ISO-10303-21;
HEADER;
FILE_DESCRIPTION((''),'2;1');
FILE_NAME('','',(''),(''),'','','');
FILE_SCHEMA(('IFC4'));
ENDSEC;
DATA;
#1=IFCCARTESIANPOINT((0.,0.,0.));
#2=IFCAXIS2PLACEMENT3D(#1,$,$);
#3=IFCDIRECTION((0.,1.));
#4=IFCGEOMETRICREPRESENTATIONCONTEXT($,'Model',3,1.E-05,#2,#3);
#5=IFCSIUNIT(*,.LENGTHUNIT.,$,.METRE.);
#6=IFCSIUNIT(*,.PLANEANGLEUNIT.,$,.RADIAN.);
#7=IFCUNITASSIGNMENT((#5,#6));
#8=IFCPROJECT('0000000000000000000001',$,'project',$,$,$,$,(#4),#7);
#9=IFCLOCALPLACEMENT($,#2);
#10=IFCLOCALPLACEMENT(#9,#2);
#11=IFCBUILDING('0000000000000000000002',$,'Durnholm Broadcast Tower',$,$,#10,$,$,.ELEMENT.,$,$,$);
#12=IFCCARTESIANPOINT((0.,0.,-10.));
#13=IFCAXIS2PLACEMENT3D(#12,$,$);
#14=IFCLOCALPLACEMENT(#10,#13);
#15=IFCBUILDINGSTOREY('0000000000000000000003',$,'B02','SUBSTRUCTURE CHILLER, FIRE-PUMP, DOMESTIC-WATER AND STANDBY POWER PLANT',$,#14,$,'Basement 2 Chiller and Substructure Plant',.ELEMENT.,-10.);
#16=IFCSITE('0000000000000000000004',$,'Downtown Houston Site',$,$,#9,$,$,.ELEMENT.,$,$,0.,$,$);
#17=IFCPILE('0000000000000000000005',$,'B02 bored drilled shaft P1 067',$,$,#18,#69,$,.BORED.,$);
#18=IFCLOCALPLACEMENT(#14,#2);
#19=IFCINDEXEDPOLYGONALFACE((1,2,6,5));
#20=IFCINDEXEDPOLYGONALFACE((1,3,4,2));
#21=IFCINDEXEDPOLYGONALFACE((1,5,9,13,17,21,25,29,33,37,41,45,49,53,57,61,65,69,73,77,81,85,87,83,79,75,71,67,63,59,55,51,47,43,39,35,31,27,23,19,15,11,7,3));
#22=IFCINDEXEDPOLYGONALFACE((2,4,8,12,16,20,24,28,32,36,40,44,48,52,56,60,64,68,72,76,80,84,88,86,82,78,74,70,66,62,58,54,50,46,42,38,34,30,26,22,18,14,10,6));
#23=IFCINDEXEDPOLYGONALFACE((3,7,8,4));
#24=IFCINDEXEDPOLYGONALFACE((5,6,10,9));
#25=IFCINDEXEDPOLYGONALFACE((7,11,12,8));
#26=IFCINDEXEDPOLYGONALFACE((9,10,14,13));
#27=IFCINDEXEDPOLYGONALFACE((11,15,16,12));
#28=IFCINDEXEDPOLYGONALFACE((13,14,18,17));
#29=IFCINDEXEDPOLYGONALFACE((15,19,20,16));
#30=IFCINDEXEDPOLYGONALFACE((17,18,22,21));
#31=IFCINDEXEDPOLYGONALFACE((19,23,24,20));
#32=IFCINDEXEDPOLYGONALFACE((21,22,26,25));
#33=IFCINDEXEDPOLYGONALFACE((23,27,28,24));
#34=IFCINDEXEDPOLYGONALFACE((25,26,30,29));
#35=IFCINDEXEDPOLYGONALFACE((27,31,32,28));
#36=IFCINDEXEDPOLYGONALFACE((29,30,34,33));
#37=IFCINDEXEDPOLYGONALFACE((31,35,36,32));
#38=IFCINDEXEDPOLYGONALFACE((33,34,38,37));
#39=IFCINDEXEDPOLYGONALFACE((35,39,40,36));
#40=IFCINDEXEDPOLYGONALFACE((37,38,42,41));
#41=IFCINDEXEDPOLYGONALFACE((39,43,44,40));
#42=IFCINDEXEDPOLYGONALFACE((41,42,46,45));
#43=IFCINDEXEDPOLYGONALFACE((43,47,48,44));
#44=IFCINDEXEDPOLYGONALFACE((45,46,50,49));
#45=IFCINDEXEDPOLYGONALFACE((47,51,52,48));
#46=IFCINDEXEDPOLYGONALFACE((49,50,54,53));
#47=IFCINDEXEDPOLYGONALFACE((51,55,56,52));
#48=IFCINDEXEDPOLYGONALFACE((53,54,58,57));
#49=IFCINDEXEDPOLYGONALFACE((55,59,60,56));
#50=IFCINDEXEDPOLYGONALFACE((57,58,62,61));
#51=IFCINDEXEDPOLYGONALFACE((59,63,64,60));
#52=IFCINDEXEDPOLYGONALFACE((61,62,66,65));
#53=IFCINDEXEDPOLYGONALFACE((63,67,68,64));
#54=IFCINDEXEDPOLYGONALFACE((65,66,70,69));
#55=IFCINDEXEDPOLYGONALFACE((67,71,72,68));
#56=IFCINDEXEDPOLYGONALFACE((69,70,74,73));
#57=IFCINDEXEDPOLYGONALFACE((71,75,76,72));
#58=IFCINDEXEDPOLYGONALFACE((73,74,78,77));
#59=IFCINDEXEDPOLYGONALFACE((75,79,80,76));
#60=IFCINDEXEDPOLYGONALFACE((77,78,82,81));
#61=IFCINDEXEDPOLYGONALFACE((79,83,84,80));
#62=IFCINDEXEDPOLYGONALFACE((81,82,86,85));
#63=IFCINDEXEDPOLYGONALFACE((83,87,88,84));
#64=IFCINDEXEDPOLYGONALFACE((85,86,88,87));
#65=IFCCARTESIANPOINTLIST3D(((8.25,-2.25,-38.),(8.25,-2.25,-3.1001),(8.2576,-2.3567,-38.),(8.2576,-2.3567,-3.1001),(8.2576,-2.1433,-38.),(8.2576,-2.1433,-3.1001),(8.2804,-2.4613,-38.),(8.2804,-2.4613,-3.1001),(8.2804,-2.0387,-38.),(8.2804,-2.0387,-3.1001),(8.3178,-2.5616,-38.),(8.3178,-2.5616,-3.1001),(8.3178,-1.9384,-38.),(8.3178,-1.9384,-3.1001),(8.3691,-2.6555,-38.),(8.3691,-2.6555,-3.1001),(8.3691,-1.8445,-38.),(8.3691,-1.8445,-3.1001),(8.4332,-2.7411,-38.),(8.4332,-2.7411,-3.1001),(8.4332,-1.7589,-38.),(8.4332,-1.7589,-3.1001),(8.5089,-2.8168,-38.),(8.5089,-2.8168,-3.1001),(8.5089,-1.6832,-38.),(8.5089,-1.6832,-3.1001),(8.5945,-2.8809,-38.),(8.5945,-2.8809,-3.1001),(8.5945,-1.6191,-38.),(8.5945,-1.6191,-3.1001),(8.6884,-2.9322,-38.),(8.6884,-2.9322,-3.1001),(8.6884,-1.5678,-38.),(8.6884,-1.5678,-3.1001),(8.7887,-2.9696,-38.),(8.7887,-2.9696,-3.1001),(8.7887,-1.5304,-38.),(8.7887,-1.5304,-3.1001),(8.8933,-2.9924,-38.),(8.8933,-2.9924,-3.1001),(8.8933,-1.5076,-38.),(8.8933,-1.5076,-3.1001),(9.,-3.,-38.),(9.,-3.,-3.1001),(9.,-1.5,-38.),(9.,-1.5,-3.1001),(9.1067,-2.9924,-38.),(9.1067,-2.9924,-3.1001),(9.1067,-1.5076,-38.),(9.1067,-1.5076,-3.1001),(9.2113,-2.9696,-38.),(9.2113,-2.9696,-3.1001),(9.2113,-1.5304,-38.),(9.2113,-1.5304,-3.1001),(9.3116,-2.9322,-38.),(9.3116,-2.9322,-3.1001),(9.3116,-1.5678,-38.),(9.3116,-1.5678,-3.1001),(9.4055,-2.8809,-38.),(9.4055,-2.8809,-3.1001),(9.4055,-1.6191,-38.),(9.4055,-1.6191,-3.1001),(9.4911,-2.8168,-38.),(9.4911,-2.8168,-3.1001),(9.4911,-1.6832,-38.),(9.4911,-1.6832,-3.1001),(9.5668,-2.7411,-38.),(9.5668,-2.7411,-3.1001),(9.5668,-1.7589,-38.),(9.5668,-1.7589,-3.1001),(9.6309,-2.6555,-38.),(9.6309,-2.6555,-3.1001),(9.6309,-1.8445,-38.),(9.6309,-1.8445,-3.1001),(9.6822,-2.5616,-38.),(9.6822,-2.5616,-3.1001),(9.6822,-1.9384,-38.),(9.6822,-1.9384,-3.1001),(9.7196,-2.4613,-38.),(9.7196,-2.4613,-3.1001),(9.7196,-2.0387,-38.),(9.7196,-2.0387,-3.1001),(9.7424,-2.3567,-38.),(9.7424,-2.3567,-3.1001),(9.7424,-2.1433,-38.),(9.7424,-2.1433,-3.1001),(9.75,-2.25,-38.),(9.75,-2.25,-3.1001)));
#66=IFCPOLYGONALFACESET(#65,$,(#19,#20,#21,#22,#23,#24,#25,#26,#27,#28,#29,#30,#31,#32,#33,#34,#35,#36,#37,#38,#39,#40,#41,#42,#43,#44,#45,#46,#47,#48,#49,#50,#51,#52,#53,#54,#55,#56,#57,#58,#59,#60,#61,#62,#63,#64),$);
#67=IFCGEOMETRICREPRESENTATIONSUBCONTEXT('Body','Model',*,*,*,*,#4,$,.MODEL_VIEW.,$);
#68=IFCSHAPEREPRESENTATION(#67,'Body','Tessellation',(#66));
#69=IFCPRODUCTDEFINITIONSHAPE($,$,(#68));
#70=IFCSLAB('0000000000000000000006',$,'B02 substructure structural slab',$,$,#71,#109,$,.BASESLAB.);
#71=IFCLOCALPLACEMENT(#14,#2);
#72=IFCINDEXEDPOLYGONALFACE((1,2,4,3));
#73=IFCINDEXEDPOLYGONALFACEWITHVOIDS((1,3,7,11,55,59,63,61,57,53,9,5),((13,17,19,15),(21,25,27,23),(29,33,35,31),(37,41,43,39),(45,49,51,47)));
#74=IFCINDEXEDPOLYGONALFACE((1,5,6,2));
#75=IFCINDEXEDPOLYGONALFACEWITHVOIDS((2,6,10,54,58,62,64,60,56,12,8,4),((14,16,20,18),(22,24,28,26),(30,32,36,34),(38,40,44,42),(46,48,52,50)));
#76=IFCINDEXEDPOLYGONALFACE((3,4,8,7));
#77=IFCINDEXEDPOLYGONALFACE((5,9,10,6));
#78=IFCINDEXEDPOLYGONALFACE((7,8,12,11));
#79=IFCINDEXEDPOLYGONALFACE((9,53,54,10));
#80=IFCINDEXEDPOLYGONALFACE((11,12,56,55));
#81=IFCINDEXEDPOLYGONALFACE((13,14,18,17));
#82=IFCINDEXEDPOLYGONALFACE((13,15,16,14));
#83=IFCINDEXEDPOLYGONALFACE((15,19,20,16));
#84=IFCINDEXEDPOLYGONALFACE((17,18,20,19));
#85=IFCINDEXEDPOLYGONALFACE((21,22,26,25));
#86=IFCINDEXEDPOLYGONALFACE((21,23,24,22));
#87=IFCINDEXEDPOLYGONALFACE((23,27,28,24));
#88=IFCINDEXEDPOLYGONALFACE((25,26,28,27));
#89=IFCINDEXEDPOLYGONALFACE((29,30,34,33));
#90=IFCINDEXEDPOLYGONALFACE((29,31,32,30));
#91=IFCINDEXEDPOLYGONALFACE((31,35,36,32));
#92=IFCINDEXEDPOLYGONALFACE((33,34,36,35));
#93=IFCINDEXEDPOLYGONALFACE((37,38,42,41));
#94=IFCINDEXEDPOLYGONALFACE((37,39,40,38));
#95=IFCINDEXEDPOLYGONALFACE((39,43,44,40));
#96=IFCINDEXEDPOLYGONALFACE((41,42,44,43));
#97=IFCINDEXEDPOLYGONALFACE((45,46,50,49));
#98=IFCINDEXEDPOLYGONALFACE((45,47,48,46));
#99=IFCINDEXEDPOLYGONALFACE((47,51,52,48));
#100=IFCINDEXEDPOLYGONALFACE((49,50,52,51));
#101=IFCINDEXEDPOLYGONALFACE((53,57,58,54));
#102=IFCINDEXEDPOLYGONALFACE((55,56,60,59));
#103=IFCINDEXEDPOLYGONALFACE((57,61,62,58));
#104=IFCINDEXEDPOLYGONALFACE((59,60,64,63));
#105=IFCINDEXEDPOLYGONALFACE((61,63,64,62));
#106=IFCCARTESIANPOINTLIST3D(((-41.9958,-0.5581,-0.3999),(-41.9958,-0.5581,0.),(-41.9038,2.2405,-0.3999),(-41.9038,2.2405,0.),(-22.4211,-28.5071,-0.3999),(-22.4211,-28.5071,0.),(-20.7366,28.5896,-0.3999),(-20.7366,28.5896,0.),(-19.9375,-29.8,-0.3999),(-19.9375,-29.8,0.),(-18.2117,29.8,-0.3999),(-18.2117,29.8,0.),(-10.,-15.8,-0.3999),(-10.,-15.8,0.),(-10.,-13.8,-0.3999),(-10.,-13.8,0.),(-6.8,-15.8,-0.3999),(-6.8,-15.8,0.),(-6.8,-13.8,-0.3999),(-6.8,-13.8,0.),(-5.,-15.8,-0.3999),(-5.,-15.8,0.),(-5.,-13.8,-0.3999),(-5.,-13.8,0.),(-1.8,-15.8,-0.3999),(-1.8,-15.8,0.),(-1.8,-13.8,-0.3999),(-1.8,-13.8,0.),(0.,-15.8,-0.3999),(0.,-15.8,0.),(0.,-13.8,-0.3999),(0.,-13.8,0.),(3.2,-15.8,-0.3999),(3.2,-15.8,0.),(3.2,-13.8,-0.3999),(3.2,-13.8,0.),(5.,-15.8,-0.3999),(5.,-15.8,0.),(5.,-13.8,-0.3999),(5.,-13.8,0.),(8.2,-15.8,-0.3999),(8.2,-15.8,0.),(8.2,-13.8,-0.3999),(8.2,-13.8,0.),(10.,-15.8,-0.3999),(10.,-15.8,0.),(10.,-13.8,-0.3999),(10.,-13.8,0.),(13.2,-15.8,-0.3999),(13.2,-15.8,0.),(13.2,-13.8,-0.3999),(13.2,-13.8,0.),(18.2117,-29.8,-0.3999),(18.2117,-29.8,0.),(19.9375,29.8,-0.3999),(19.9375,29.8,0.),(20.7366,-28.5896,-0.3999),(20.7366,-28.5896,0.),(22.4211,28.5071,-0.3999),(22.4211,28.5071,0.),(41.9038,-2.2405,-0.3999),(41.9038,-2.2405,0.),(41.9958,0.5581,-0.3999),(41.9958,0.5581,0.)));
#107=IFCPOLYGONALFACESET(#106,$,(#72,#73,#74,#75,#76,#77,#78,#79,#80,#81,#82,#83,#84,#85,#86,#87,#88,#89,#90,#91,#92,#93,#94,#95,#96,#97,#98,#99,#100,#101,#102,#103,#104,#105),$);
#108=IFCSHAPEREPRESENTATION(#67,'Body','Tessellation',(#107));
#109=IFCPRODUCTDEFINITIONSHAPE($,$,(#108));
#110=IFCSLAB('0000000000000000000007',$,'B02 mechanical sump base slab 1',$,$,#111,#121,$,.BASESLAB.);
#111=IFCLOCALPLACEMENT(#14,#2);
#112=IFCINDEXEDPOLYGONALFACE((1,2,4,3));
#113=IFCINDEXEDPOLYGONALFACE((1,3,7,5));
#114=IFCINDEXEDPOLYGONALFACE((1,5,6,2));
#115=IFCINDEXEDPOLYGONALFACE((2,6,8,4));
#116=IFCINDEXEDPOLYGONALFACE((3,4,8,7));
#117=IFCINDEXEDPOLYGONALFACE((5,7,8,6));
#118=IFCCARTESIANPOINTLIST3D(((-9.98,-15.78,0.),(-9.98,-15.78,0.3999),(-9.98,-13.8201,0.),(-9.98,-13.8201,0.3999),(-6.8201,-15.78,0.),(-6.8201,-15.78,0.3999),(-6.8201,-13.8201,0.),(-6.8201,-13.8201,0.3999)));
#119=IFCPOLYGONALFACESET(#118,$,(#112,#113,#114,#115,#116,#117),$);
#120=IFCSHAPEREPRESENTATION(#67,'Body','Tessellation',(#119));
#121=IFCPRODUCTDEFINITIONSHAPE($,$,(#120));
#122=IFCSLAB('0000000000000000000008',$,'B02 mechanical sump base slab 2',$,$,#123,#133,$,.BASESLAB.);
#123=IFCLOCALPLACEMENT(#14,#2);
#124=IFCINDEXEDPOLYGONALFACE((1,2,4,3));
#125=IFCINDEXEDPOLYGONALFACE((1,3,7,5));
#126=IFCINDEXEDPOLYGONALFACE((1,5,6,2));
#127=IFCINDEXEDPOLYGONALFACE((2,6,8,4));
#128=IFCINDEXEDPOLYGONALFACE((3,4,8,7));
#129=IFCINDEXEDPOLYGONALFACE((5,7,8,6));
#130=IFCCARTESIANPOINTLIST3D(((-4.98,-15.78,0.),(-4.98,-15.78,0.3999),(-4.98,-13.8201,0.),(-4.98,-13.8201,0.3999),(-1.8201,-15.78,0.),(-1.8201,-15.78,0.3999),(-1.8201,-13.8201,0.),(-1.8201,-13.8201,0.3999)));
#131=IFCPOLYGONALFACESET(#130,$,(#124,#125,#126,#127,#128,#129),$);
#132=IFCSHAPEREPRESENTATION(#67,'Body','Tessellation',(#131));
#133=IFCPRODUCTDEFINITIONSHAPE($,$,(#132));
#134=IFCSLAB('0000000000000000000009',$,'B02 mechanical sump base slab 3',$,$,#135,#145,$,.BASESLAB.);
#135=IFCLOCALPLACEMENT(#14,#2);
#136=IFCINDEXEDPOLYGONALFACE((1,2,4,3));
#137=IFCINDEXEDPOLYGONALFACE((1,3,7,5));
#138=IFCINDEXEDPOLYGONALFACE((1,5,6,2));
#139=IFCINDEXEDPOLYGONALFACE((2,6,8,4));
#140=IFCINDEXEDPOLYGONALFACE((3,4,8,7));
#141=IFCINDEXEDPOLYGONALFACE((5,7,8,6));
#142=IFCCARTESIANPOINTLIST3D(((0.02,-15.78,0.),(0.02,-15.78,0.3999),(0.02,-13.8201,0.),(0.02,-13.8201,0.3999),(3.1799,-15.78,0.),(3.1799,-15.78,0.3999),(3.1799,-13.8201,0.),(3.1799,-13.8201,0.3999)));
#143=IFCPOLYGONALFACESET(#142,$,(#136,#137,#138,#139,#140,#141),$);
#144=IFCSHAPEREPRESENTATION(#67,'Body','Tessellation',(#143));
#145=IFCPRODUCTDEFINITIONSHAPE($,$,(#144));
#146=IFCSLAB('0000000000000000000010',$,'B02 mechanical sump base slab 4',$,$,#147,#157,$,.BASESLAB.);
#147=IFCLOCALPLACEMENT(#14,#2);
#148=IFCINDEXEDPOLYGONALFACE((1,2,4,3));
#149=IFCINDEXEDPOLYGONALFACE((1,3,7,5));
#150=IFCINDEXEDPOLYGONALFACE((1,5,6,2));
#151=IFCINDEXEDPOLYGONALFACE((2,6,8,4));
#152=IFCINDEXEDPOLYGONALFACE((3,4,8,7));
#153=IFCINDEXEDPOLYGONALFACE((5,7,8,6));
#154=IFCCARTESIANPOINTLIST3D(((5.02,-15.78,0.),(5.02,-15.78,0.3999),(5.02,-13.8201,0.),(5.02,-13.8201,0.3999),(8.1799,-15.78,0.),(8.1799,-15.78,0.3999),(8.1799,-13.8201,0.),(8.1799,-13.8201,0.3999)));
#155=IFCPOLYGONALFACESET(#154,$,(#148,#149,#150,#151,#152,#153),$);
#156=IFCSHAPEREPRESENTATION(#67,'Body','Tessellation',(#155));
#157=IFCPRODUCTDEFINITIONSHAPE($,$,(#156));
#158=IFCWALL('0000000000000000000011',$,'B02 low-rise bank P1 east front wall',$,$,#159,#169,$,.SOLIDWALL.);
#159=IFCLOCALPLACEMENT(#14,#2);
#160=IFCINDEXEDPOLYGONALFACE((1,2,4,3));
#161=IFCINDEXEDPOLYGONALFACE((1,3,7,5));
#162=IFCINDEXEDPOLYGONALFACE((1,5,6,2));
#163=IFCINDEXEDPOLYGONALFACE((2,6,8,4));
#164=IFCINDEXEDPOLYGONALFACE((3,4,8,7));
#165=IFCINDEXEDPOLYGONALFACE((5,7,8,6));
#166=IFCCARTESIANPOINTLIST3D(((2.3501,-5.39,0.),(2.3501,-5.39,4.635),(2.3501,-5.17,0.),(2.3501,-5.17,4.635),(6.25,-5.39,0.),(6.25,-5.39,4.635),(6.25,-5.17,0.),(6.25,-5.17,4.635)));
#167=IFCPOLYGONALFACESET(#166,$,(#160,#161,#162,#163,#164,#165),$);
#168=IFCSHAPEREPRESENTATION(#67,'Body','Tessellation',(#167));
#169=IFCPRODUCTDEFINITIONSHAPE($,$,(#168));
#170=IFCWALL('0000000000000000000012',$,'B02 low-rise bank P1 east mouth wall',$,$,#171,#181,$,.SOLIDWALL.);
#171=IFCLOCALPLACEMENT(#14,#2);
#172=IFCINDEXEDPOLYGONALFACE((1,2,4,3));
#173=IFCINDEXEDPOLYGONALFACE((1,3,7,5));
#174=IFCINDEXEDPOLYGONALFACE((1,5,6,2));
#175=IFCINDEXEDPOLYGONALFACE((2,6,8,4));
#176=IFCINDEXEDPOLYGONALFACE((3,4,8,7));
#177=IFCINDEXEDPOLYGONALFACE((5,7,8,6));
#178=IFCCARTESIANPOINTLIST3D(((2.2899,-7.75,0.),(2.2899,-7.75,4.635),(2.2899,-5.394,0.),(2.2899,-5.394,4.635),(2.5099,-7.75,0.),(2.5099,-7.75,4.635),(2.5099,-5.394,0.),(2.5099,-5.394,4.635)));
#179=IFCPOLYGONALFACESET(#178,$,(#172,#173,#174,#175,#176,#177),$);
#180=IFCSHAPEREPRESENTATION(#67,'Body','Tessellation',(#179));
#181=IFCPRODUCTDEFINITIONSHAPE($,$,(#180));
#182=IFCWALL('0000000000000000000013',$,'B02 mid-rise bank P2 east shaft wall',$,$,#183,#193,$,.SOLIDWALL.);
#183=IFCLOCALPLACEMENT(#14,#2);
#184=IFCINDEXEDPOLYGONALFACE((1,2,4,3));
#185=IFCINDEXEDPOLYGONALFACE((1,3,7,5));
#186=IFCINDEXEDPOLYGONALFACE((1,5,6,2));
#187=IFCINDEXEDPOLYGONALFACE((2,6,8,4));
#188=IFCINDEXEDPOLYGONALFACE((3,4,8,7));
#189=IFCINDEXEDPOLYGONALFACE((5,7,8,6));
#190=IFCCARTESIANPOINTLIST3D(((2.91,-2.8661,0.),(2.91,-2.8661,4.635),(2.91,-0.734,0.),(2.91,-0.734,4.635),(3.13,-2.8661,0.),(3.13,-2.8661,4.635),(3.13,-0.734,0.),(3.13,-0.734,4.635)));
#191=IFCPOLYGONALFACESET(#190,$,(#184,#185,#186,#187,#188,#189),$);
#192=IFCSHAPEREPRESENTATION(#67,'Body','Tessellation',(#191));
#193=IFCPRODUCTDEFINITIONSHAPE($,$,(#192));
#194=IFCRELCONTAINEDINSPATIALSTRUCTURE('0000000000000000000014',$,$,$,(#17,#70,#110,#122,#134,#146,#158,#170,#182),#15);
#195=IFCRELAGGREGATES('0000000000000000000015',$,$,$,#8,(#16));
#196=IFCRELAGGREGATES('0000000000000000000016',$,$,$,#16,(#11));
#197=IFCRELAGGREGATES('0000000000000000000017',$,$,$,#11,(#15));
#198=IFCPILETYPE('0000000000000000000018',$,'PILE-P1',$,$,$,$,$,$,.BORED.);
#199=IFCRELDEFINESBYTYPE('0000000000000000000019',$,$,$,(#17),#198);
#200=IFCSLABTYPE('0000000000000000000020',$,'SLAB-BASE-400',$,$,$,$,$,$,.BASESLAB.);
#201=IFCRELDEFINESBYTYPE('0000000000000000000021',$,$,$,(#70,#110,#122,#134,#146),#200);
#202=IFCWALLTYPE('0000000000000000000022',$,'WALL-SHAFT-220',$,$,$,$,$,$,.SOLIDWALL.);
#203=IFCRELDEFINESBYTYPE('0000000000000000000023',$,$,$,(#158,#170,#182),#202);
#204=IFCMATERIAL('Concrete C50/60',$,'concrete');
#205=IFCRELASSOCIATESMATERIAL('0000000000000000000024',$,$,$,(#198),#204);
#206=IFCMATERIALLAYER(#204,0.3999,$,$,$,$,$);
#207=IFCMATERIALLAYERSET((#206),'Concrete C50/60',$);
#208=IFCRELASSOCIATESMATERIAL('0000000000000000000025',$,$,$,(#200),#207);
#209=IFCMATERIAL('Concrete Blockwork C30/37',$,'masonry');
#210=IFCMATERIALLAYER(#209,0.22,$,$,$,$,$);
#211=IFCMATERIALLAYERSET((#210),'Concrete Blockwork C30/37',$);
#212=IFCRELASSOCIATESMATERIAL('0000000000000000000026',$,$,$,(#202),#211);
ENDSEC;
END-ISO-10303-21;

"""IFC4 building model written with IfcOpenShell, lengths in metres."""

from ifc_helpers import new_model, si_unit, direction, frame, frame_2d, origin, origin_2d, place, context, subcontext, project, spatial, polyline, rectangle, circle, outline, extrude, source, transform, mapped, material, layer, layer_set, material_profile, profile_set, type_object, type_shapes, element, save


model = new_model("IFC4")

# Units and contexts
model_context = context("Model", 3, precision=1e-05, world=origin(), true_north=direction((0.0, 1.0)))
body_context = subcontext(model_context, "Body", "Model", "MODEL_VIEW")
ifc_project = project(units=[si_unit("LENGTHUNIT", "METRE"), si_unit("PLANEANGLEUNIT", "RADIAN")], contexts=[model_context])

# Site, building, storey
site_placement = place(None, origin())
site = spatial("IfcSite", under=ifc_project, at=site_placement, Name="Downtown Houston Site", CompositionType="ELEMENT", RefElevation=0.0)
building_placement = place(site_placement, origin())
building = spatial("IfcBuilding", under=site, at=building_placement, Name="Durnholm Broadcast Tower", CompositionType="ELEMENT")
storey_placement = place(building_placement, frame((0.0, 0.0, -10.0)))
storey = spatial("IfcBuildingStorey", under=building, at=storey_placement, Name="B02", Description="SUBSTRUCTURE CHILLER, FIRE-PUMP, DOMESTIC-WATER AND STANDBY POWER PLANT", LongName="Basement 2 Chiller and Substructure Plant", CompositionType="ELEMENT", Elevation=-10.0)

# Pile
ifc_material_1 = material(Name="Concrete C50/60", Category="concrete")
ifc_material_profile = material_profile(ifc_material_1, circle(Radius=0.75, at=origin_2d()), Name="PILE1500")
ifc_profile_set = profile_set([ifc_material_profile], Name="Concrete C50/60")
pile_type = type_object("IfcPileType", Name="PILE-P1", PredefinedType="BORED", material=ifc_profile_set)
shared_shape = source(origin(), body_context, "Body", "SweptSolid", [
    extrude(circle(Radius=0.75, at=origin_2d()), origin(), (0.0, 0.0, 1.0), 34.8999),
])
type_shapes(pile_type, [shared_shape])
for number, where, z_axis, x_axis, name in (
    (1, (9.0, -2.25, -3.1001), (0.0, 0.0, -1.0), (1.0, 0.0, 0.0), "B02 bored drilled shaft P1 067"),
):
    element("IfcPile", number, at=place(storey_placement, frame(where, z_axis=z_axis, x_axis=x_axis)), inside=storey, type_object=pile_type, Name=name, PredefinedType="BORED", context=body_context, shape_type="MappedRepresentation", body=[
        mapped(shared_shape, transform((0.0, 0.0, 0.0), x_axis=(1.0, 0.0, 0.0), y_axis=(0.0, 1.0, 0.0), z_axis=(0.0, 0.0, 1.0), scale=1.0)),
    ])

# Slabs
ifc_layer_1 = layer(ifc_material_1, 0.3999)
ifc_layer_set_1 = layer_set([ifc_layer_1], Name="Concrete C50/60")
slab_type = type_object("IfcSlabType", Name="SLAB-BASE-400", PredefinedType="BASESLAB", material=ifc_layer_set_1)
slab_1_placement = place(storey_placement, frame((0.0, 0.0, -0.3999)))
element("IfcSlab", 2, at=slab_1_placement, inside=storey, type_object=slab_type, Name="B02 substructure structural slab", PredefinedType="BASESLAB", context=body_context, shape_type="SweptSolid", body=[
    extrude(outline(polyline([(-22.4211, -28.5071), (-19.9375, -29.8), (18.2117, -29.8), (20.7366, -28.5896), (41.9038, -2.2405), (41.9958, 0.5581), (22.4211, 28.5071), (19.9375, 29.8), (-18.2117, 29.8), (-20.7366, 28.5896), (-41.9038, 2.2405), (-41.9958, -0.5581), (-22.4211, -28.5071)]), holes=[polyline([(-10.0, -13.8), (-10.0, -15.8), (-6.8, -15.8), (-6.8, -13.8), (-10.0, -13.8)]), polyline([(-5.0, -13.8), (-5.0, -15.8), (-1.8, -15.8), (-1.8, -13.8), (-5.0, -13.8)]), polyline([(0.0, -13.8), (0.0, -15.8), (3.2, -15.8), (3.2, -13.8), (0.0, -13.8)]), polyline([(8.2, -13.8), (5.0, -13.8), (5.0, -15.8), (8.2, -15.8), (8.2, -13.8)]), polyline([(13.2, -13.8), (10.0, -13.8), (10.0, -15.8), (13.2, -15.8), (13.2, -13.8)])]), origin(), (0.0, 0.0, 1.0), 0.3999),
])
slab_2_placement = place(storey_placement, origin())
element("IfcSlab", 3, at=slab_2_placement, inside=storey, type_object=slab_type, Name="B02 mechanical sump base slab 1", PredefinedType="BASESLAB", context=body_context, shape_type="SweptSolid", body=[
    extrude(outline(polyline([(-9.98, -15.78), (-6.8201, -15.78), (-6.8201, -13.8201), (-9.98, -13.8201), (-9.98, -15.78)])), origin(), (0.0, 0.0, 1.0), 0.3999),
])
slab_3_placement = place(storey_placement, origin())
element("IfcSlab", 4, at=slab_3_placement, inside=storey, type_object=slab_type, Name="B02 mechanical sump base slab 2", PredefinedType="BASESLAB", context=body_context, shape_type="SweptSolid", body=[
    extrude(outline(polyline([(-4.98, -15.78), (-1.8201, -15.78), (-1.8201, -13.8201), (-4.98, -13.8201), (-4.98, -15.78)])), origin(), (0.0, 0.0, 1.0), 0.3999),
])
slab_4_placement = place(storey_placement, origin())
element("IfcSlab", 5, at=slab_4_placement, inside=storey, type_object=slab_type, Name="B02 mechanical sump base slab 3", PredefinedType="BASESLAB", context=body_context, shape_type="SweptSolid", body=[
    extrude(outline(polyline([(0.02, -15.78), (3.1799, -15.78), (3.1799, -13.8201), (0.02, -13.8201), (0.02, -15.78)])), origin(), (0.0, 0.0, 1.0), 0.3999),
])
slab_5_placement = place(storey_placement, origin())
element("IfcSlab", 6, at=slab_5_placement, inside=storey, type_object=slab_type, Name="B02 mechanical sump base slab 4", PredefinedType="BASESLAB", context=body_context, shape_type="SweptSolid", body=[
    extrude(outline(polyline([(5.02, -15.78), (8.1799, -15.78), (8.1799, -13.8201), (5.02, -13.8201), (5.02, -15.78)])), origin(), (0.0, 0.0, 1.0), 0.3999),
])

# Walls
ifc_material_2 = material(Name="Concrete Blockwork C30/37", Category="masonry")
ifc_layer_2 = layer(ifc_material_2, 0.22)
ifc_layer_set_2 = layer_set([ifc_layer_2], Name="Concrete Blockwork C30/37")
wall_type_1 = type_object("IfcWallType", Name="WALL-SHAFT-220", PredefinedType="SOLIDWALL", material=ifc_layer_set_2)
wall_1_placement = place(storey_placement, frame((2.3501, -5.28, 0.0), z_axis=(0.0, 0.0, 1.0), x_axis=(1.0, 0.0, 0.0)))
element("IfcWall", 7, at=wall_1_placement, inside=storey, type_object=wall_type_1, Name="B02 low-rise bank P1 east front wall", PredefinedType="SOLIDWALL", context=body_context, shape_type="SweptSolid", body=[
    extrude(rectangle(XDim=3.8999, YDim=0.22, at=frame_2d((1.95, 0.0))), origin(), (0.0, 0.0, 1.0), 4.635),
])
wall_2_placement = place(storey_placement, frame((2.3999, -7.75, 0.0), z_axis=(0.0, 0.0, 1.0), x_axis=(0.0, 1.0, 0.0)))
element("IfcWall", 8, at=wall_2_placement, inside=storey, type_object=wall_type_1, Name="B02 low-rise bank P1 east mouth wall", PredefinedType="SOLIDWALL", context=body_context, shape_type="SweptSolid", body=[
    extrude(rectangle(XDim=2.356, YDim=0.22, at=frame_2d((1.178, 0.0))), origin(), (0.0, 0.0, 1.0), 4.635),
])
wall_3_placement = place(storey_placement, frame((3.02, -2.866, 0.0), z_axis=(0.0, 0.0, 1.0), x_axis=(0.0, 1.0, 0.0)))
element("IfcWall", 9, at=wall_3_placement, inside=storey, type_object=wall_type_1, Name="B02 mid-rise bank P2 east shaft wall", PredefinedType="SOLIDWALL", context=body_context, shape_type="SweptSolid", body=[
    extrude(rectangle(XDim=2.1321, YDim=0.22, at=frame_2d((1.0659, 0.0))), origin(), (0.0, 0.0, 1.0), 4.635),
])

save(model, "model.ifc")
